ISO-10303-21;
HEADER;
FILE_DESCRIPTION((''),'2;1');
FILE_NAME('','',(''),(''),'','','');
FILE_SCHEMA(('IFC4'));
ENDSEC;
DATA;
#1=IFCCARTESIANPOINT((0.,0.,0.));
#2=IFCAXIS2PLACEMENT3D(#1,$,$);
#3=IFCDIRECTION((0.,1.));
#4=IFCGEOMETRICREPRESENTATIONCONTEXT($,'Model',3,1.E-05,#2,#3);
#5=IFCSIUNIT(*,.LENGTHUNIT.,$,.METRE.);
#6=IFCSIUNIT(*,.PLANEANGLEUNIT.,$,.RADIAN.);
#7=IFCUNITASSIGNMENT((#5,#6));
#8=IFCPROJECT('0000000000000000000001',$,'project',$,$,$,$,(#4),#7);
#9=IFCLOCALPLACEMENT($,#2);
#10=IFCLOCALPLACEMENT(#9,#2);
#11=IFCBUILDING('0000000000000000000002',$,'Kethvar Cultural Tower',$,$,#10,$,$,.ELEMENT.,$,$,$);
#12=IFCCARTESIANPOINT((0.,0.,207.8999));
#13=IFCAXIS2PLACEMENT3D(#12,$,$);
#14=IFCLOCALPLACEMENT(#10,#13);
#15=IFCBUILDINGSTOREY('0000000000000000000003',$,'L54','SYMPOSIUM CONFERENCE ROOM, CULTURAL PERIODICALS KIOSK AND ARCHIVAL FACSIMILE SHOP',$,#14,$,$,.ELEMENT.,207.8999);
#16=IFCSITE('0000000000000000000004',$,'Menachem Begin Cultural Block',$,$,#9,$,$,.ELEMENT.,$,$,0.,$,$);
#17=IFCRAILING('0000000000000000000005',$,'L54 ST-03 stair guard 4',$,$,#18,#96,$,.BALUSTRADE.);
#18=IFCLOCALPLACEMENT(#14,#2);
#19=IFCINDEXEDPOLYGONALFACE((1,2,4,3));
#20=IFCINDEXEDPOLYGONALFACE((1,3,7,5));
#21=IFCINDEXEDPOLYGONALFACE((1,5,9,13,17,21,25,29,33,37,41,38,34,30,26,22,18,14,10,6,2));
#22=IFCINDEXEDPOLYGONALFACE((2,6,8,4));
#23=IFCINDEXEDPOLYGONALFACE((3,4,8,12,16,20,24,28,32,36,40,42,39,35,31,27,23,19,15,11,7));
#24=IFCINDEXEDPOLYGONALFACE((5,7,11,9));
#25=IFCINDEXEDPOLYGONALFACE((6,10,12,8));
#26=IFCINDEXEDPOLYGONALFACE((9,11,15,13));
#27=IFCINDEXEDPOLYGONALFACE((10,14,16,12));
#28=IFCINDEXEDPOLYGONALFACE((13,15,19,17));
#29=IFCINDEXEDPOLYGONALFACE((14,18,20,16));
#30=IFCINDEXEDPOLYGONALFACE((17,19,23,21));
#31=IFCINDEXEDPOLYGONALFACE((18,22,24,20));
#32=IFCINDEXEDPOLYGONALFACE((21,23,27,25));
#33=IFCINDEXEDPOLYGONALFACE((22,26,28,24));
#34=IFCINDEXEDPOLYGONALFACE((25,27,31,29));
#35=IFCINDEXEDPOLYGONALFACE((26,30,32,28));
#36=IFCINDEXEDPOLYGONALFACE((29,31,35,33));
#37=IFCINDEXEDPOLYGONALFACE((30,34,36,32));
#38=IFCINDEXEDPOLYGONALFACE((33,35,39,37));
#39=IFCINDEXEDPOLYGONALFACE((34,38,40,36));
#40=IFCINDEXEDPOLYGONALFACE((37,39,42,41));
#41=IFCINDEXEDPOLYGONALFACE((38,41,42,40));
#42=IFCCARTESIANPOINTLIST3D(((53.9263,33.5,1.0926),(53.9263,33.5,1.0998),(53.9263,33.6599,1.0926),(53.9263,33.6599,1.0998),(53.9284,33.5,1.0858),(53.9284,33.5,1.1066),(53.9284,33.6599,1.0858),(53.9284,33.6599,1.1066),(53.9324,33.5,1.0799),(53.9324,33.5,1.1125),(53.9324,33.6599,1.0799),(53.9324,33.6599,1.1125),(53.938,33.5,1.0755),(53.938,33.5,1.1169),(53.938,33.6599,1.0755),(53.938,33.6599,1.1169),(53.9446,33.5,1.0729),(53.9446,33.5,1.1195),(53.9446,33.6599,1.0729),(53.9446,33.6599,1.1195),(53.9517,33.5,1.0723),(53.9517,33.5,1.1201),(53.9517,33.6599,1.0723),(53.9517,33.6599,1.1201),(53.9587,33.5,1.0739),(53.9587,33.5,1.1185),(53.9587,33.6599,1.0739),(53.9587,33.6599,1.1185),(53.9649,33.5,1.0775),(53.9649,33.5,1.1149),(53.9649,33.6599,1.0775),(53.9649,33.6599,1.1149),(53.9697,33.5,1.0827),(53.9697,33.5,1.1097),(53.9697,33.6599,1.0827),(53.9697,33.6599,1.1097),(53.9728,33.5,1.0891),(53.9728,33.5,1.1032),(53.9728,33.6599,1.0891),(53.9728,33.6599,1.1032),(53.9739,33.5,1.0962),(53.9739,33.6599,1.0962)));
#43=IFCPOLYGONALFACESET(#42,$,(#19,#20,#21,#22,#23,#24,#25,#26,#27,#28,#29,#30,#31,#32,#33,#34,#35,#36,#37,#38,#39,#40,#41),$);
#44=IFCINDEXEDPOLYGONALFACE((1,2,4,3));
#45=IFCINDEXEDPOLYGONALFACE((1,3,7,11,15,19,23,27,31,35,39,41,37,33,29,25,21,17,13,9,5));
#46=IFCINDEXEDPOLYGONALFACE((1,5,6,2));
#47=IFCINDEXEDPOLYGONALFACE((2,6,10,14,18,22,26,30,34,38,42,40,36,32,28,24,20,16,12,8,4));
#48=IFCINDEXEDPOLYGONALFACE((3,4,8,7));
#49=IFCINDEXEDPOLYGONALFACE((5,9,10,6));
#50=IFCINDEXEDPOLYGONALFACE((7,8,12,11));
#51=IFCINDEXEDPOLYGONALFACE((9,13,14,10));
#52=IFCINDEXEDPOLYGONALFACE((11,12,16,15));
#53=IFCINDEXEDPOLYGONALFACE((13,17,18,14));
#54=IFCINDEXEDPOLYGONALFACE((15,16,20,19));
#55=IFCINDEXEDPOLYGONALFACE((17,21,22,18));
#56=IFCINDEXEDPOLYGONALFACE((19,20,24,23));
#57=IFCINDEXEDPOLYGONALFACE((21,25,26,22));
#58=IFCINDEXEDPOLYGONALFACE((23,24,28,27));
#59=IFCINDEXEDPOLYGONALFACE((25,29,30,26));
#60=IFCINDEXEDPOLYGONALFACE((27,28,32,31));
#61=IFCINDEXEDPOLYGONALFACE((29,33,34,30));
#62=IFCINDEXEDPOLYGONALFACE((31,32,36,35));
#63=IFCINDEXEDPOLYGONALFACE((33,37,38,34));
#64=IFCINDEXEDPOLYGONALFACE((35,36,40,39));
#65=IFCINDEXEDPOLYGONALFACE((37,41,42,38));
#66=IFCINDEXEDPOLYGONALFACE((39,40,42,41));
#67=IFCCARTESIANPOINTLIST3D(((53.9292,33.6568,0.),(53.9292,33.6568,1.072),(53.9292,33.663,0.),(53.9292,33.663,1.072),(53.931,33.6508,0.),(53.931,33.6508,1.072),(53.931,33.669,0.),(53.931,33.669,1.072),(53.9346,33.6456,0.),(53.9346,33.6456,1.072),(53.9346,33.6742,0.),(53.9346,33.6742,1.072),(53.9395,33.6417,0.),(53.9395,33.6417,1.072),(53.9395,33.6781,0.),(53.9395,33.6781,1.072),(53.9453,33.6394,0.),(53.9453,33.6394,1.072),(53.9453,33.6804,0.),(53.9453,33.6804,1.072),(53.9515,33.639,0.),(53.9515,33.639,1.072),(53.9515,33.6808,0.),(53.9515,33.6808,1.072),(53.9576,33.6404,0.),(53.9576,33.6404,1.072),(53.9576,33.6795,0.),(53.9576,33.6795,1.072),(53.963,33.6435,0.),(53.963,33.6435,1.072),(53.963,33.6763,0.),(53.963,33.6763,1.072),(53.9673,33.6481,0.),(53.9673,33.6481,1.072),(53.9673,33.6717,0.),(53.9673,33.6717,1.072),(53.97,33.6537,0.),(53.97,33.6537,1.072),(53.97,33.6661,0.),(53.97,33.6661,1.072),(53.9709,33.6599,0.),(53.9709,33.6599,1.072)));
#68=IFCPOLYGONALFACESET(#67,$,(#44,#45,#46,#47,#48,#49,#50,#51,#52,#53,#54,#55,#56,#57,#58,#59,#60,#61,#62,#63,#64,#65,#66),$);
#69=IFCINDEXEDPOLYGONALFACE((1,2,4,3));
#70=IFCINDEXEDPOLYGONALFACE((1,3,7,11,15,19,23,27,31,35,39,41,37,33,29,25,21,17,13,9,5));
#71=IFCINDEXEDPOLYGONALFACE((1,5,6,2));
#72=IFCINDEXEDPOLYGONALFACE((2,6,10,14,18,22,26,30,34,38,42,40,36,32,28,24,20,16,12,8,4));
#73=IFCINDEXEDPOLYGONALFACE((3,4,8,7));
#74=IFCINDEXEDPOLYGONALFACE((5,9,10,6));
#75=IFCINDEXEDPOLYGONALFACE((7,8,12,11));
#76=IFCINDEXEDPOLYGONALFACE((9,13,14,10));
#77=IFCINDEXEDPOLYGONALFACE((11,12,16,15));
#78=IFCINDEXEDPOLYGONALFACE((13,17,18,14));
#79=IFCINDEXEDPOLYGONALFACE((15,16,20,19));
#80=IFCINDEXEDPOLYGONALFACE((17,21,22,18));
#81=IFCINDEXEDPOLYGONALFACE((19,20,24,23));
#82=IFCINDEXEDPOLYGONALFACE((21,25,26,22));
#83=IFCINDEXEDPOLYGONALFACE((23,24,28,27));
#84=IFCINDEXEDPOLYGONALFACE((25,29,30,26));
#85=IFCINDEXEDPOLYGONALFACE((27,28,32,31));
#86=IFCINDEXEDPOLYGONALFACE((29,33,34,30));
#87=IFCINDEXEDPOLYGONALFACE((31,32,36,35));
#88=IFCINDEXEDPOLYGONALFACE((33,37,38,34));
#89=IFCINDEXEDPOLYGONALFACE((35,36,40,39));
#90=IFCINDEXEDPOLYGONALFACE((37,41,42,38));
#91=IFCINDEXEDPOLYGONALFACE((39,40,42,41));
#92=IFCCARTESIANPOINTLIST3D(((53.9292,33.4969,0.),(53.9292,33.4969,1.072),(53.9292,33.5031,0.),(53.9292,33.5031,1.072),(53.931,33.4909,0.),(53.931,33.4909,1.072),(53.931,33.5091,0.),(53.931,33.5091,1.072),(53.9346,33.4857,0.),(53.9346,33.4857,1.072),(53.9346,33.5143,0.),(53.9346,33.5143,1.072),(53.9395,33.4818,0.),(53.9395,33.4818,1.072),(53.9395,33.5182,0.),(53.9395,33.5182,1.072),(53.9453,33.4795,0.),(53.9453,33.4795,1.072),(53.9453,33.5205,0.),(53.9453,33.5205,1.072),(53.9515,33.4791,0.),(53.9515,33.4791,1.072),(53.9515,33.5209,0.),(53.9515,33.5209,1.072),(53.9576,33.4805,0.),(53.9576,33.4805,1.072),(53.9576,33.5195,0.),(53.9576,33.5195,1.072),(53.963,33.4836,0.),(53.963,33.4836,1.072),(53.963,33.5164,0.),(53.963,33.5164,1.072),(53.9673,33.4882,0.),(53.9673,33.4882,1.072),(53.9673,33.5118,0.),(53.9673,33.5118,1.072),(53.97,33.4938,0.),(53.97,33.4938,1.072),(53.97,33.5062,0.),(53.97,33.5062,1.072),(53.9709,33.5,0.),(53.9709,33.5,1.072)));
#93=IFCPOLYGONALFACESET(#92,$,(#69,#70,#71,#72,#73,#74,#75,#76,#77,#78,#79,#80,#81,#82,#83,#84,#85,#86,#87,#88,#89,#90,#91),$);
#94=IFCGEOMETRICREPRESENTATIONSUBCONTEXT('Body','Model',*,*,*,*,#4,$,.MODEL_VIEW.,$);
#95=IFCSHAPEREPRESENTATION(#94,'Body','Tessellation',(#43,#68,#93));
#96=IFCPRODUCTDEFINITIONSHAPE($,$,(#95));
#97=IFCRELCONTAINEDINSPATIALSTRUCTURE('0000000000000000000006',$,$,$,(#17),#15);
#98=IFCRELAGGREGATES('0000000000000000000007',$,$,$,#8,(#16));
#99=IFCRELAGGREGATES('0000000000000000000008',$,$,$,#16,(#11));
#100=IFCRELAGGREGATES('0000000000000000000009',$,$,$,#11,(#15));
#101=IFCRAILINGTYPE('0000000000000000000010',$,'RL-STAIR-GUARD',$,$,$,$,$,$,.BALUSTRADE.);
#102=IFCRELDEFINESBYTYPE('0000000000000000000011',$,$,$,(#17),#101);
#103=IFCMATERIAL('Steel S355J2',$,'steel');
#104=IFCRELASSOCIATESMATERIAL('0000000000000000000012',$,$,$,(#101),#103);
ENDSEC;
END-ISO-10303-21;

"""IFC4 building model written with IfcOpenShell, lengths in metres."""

from ifc_helpers import new_model, si_unit, direction, frame, origin, origin_2d, place, context, subcontext, project, spatial, circle, extrude, material, type_object, element, save


model = new_model("IFC4")

# Units and contexts
model_context = context("Model", 3, precision=1e-05, world=origin(), true_north=direction((0.0, 1.0)))
body_context = subcontext(model_context, "Body", "Model", "MODEL_VIEW")
ifc_project = project(units=[si_unit("LENGTHUNIT", "METRE"), si_unit("PLANEANGLEUNIT", "RADIAN")], contexts=[model_context])

# Site, building, storey
site_placement = place(None, origin())
site = spatial("IfcSite", under=ifc_project, at=site_placement, Name="Menachem Begin Cultural Block", CompositionType="ELEMENT", RefElevation=0.0)
building_placement = place(site_placement, origin())
building = spatial("IfcBuilding", under=site, at=building_placement, Name="Kethvar Cultural Tower", CompositionType="ELEMENT")
storey_placement = place(building_placement, frame((0.0, 0.0, 207.8999)))
storey = spatial("IfcBuildingStorey", under=building, at=storey_placement, Name="L54", Description="SYMPOSIUM CONFERENCE ROOM, CULTURAL PERIODICALS KIOSK AND ARCHIVAL FACSIMILE SHOP", CompositionType="ELEMENT", Elevation=207.8999)

# Shared definitions
ifc_material_1 = material(Name="Steel S355J2", Category="steel")

# Railing
railing_type_1 = type_object("IfcRailingType", Name="RL-STAIR-GUARD", PredefinedType="BALUSTRADE", material=ifc_material_1)
railing_1_placement = place(storey_placement, frame((53.95, 33.6599, 0.0)))
element("IfcRailing", 1, at=railing_1_placement, inside=storey, type_object=railing_type_1, Name="L54 ST-03 stair guard 4", PredefinedType="BALUSTRADE", context=body_context, shape_type="SweptSolid", body=[
    extrude(circle(Radius=0.0239, at=origin_2d()), frame((0.0, 0.0, 1.0962), z_axis=(0.0, -1.0, 0.0), x_axis=(1.0, 0.0, 0.0)), (0.0, 0.0, 1.0), 0.1599),
    extrude(circle(Radius=0.021, at=origin_2d()), origin(), (0.0, 0.0, 1.0), 1.072),
    extrude(circle(Radius=0.021, at=origin_2d()), frame((0.0, -0.1599, 0.0)), (0.0, 0.0, 1.0), 1.072),
])

save(model, "model.ifc")
